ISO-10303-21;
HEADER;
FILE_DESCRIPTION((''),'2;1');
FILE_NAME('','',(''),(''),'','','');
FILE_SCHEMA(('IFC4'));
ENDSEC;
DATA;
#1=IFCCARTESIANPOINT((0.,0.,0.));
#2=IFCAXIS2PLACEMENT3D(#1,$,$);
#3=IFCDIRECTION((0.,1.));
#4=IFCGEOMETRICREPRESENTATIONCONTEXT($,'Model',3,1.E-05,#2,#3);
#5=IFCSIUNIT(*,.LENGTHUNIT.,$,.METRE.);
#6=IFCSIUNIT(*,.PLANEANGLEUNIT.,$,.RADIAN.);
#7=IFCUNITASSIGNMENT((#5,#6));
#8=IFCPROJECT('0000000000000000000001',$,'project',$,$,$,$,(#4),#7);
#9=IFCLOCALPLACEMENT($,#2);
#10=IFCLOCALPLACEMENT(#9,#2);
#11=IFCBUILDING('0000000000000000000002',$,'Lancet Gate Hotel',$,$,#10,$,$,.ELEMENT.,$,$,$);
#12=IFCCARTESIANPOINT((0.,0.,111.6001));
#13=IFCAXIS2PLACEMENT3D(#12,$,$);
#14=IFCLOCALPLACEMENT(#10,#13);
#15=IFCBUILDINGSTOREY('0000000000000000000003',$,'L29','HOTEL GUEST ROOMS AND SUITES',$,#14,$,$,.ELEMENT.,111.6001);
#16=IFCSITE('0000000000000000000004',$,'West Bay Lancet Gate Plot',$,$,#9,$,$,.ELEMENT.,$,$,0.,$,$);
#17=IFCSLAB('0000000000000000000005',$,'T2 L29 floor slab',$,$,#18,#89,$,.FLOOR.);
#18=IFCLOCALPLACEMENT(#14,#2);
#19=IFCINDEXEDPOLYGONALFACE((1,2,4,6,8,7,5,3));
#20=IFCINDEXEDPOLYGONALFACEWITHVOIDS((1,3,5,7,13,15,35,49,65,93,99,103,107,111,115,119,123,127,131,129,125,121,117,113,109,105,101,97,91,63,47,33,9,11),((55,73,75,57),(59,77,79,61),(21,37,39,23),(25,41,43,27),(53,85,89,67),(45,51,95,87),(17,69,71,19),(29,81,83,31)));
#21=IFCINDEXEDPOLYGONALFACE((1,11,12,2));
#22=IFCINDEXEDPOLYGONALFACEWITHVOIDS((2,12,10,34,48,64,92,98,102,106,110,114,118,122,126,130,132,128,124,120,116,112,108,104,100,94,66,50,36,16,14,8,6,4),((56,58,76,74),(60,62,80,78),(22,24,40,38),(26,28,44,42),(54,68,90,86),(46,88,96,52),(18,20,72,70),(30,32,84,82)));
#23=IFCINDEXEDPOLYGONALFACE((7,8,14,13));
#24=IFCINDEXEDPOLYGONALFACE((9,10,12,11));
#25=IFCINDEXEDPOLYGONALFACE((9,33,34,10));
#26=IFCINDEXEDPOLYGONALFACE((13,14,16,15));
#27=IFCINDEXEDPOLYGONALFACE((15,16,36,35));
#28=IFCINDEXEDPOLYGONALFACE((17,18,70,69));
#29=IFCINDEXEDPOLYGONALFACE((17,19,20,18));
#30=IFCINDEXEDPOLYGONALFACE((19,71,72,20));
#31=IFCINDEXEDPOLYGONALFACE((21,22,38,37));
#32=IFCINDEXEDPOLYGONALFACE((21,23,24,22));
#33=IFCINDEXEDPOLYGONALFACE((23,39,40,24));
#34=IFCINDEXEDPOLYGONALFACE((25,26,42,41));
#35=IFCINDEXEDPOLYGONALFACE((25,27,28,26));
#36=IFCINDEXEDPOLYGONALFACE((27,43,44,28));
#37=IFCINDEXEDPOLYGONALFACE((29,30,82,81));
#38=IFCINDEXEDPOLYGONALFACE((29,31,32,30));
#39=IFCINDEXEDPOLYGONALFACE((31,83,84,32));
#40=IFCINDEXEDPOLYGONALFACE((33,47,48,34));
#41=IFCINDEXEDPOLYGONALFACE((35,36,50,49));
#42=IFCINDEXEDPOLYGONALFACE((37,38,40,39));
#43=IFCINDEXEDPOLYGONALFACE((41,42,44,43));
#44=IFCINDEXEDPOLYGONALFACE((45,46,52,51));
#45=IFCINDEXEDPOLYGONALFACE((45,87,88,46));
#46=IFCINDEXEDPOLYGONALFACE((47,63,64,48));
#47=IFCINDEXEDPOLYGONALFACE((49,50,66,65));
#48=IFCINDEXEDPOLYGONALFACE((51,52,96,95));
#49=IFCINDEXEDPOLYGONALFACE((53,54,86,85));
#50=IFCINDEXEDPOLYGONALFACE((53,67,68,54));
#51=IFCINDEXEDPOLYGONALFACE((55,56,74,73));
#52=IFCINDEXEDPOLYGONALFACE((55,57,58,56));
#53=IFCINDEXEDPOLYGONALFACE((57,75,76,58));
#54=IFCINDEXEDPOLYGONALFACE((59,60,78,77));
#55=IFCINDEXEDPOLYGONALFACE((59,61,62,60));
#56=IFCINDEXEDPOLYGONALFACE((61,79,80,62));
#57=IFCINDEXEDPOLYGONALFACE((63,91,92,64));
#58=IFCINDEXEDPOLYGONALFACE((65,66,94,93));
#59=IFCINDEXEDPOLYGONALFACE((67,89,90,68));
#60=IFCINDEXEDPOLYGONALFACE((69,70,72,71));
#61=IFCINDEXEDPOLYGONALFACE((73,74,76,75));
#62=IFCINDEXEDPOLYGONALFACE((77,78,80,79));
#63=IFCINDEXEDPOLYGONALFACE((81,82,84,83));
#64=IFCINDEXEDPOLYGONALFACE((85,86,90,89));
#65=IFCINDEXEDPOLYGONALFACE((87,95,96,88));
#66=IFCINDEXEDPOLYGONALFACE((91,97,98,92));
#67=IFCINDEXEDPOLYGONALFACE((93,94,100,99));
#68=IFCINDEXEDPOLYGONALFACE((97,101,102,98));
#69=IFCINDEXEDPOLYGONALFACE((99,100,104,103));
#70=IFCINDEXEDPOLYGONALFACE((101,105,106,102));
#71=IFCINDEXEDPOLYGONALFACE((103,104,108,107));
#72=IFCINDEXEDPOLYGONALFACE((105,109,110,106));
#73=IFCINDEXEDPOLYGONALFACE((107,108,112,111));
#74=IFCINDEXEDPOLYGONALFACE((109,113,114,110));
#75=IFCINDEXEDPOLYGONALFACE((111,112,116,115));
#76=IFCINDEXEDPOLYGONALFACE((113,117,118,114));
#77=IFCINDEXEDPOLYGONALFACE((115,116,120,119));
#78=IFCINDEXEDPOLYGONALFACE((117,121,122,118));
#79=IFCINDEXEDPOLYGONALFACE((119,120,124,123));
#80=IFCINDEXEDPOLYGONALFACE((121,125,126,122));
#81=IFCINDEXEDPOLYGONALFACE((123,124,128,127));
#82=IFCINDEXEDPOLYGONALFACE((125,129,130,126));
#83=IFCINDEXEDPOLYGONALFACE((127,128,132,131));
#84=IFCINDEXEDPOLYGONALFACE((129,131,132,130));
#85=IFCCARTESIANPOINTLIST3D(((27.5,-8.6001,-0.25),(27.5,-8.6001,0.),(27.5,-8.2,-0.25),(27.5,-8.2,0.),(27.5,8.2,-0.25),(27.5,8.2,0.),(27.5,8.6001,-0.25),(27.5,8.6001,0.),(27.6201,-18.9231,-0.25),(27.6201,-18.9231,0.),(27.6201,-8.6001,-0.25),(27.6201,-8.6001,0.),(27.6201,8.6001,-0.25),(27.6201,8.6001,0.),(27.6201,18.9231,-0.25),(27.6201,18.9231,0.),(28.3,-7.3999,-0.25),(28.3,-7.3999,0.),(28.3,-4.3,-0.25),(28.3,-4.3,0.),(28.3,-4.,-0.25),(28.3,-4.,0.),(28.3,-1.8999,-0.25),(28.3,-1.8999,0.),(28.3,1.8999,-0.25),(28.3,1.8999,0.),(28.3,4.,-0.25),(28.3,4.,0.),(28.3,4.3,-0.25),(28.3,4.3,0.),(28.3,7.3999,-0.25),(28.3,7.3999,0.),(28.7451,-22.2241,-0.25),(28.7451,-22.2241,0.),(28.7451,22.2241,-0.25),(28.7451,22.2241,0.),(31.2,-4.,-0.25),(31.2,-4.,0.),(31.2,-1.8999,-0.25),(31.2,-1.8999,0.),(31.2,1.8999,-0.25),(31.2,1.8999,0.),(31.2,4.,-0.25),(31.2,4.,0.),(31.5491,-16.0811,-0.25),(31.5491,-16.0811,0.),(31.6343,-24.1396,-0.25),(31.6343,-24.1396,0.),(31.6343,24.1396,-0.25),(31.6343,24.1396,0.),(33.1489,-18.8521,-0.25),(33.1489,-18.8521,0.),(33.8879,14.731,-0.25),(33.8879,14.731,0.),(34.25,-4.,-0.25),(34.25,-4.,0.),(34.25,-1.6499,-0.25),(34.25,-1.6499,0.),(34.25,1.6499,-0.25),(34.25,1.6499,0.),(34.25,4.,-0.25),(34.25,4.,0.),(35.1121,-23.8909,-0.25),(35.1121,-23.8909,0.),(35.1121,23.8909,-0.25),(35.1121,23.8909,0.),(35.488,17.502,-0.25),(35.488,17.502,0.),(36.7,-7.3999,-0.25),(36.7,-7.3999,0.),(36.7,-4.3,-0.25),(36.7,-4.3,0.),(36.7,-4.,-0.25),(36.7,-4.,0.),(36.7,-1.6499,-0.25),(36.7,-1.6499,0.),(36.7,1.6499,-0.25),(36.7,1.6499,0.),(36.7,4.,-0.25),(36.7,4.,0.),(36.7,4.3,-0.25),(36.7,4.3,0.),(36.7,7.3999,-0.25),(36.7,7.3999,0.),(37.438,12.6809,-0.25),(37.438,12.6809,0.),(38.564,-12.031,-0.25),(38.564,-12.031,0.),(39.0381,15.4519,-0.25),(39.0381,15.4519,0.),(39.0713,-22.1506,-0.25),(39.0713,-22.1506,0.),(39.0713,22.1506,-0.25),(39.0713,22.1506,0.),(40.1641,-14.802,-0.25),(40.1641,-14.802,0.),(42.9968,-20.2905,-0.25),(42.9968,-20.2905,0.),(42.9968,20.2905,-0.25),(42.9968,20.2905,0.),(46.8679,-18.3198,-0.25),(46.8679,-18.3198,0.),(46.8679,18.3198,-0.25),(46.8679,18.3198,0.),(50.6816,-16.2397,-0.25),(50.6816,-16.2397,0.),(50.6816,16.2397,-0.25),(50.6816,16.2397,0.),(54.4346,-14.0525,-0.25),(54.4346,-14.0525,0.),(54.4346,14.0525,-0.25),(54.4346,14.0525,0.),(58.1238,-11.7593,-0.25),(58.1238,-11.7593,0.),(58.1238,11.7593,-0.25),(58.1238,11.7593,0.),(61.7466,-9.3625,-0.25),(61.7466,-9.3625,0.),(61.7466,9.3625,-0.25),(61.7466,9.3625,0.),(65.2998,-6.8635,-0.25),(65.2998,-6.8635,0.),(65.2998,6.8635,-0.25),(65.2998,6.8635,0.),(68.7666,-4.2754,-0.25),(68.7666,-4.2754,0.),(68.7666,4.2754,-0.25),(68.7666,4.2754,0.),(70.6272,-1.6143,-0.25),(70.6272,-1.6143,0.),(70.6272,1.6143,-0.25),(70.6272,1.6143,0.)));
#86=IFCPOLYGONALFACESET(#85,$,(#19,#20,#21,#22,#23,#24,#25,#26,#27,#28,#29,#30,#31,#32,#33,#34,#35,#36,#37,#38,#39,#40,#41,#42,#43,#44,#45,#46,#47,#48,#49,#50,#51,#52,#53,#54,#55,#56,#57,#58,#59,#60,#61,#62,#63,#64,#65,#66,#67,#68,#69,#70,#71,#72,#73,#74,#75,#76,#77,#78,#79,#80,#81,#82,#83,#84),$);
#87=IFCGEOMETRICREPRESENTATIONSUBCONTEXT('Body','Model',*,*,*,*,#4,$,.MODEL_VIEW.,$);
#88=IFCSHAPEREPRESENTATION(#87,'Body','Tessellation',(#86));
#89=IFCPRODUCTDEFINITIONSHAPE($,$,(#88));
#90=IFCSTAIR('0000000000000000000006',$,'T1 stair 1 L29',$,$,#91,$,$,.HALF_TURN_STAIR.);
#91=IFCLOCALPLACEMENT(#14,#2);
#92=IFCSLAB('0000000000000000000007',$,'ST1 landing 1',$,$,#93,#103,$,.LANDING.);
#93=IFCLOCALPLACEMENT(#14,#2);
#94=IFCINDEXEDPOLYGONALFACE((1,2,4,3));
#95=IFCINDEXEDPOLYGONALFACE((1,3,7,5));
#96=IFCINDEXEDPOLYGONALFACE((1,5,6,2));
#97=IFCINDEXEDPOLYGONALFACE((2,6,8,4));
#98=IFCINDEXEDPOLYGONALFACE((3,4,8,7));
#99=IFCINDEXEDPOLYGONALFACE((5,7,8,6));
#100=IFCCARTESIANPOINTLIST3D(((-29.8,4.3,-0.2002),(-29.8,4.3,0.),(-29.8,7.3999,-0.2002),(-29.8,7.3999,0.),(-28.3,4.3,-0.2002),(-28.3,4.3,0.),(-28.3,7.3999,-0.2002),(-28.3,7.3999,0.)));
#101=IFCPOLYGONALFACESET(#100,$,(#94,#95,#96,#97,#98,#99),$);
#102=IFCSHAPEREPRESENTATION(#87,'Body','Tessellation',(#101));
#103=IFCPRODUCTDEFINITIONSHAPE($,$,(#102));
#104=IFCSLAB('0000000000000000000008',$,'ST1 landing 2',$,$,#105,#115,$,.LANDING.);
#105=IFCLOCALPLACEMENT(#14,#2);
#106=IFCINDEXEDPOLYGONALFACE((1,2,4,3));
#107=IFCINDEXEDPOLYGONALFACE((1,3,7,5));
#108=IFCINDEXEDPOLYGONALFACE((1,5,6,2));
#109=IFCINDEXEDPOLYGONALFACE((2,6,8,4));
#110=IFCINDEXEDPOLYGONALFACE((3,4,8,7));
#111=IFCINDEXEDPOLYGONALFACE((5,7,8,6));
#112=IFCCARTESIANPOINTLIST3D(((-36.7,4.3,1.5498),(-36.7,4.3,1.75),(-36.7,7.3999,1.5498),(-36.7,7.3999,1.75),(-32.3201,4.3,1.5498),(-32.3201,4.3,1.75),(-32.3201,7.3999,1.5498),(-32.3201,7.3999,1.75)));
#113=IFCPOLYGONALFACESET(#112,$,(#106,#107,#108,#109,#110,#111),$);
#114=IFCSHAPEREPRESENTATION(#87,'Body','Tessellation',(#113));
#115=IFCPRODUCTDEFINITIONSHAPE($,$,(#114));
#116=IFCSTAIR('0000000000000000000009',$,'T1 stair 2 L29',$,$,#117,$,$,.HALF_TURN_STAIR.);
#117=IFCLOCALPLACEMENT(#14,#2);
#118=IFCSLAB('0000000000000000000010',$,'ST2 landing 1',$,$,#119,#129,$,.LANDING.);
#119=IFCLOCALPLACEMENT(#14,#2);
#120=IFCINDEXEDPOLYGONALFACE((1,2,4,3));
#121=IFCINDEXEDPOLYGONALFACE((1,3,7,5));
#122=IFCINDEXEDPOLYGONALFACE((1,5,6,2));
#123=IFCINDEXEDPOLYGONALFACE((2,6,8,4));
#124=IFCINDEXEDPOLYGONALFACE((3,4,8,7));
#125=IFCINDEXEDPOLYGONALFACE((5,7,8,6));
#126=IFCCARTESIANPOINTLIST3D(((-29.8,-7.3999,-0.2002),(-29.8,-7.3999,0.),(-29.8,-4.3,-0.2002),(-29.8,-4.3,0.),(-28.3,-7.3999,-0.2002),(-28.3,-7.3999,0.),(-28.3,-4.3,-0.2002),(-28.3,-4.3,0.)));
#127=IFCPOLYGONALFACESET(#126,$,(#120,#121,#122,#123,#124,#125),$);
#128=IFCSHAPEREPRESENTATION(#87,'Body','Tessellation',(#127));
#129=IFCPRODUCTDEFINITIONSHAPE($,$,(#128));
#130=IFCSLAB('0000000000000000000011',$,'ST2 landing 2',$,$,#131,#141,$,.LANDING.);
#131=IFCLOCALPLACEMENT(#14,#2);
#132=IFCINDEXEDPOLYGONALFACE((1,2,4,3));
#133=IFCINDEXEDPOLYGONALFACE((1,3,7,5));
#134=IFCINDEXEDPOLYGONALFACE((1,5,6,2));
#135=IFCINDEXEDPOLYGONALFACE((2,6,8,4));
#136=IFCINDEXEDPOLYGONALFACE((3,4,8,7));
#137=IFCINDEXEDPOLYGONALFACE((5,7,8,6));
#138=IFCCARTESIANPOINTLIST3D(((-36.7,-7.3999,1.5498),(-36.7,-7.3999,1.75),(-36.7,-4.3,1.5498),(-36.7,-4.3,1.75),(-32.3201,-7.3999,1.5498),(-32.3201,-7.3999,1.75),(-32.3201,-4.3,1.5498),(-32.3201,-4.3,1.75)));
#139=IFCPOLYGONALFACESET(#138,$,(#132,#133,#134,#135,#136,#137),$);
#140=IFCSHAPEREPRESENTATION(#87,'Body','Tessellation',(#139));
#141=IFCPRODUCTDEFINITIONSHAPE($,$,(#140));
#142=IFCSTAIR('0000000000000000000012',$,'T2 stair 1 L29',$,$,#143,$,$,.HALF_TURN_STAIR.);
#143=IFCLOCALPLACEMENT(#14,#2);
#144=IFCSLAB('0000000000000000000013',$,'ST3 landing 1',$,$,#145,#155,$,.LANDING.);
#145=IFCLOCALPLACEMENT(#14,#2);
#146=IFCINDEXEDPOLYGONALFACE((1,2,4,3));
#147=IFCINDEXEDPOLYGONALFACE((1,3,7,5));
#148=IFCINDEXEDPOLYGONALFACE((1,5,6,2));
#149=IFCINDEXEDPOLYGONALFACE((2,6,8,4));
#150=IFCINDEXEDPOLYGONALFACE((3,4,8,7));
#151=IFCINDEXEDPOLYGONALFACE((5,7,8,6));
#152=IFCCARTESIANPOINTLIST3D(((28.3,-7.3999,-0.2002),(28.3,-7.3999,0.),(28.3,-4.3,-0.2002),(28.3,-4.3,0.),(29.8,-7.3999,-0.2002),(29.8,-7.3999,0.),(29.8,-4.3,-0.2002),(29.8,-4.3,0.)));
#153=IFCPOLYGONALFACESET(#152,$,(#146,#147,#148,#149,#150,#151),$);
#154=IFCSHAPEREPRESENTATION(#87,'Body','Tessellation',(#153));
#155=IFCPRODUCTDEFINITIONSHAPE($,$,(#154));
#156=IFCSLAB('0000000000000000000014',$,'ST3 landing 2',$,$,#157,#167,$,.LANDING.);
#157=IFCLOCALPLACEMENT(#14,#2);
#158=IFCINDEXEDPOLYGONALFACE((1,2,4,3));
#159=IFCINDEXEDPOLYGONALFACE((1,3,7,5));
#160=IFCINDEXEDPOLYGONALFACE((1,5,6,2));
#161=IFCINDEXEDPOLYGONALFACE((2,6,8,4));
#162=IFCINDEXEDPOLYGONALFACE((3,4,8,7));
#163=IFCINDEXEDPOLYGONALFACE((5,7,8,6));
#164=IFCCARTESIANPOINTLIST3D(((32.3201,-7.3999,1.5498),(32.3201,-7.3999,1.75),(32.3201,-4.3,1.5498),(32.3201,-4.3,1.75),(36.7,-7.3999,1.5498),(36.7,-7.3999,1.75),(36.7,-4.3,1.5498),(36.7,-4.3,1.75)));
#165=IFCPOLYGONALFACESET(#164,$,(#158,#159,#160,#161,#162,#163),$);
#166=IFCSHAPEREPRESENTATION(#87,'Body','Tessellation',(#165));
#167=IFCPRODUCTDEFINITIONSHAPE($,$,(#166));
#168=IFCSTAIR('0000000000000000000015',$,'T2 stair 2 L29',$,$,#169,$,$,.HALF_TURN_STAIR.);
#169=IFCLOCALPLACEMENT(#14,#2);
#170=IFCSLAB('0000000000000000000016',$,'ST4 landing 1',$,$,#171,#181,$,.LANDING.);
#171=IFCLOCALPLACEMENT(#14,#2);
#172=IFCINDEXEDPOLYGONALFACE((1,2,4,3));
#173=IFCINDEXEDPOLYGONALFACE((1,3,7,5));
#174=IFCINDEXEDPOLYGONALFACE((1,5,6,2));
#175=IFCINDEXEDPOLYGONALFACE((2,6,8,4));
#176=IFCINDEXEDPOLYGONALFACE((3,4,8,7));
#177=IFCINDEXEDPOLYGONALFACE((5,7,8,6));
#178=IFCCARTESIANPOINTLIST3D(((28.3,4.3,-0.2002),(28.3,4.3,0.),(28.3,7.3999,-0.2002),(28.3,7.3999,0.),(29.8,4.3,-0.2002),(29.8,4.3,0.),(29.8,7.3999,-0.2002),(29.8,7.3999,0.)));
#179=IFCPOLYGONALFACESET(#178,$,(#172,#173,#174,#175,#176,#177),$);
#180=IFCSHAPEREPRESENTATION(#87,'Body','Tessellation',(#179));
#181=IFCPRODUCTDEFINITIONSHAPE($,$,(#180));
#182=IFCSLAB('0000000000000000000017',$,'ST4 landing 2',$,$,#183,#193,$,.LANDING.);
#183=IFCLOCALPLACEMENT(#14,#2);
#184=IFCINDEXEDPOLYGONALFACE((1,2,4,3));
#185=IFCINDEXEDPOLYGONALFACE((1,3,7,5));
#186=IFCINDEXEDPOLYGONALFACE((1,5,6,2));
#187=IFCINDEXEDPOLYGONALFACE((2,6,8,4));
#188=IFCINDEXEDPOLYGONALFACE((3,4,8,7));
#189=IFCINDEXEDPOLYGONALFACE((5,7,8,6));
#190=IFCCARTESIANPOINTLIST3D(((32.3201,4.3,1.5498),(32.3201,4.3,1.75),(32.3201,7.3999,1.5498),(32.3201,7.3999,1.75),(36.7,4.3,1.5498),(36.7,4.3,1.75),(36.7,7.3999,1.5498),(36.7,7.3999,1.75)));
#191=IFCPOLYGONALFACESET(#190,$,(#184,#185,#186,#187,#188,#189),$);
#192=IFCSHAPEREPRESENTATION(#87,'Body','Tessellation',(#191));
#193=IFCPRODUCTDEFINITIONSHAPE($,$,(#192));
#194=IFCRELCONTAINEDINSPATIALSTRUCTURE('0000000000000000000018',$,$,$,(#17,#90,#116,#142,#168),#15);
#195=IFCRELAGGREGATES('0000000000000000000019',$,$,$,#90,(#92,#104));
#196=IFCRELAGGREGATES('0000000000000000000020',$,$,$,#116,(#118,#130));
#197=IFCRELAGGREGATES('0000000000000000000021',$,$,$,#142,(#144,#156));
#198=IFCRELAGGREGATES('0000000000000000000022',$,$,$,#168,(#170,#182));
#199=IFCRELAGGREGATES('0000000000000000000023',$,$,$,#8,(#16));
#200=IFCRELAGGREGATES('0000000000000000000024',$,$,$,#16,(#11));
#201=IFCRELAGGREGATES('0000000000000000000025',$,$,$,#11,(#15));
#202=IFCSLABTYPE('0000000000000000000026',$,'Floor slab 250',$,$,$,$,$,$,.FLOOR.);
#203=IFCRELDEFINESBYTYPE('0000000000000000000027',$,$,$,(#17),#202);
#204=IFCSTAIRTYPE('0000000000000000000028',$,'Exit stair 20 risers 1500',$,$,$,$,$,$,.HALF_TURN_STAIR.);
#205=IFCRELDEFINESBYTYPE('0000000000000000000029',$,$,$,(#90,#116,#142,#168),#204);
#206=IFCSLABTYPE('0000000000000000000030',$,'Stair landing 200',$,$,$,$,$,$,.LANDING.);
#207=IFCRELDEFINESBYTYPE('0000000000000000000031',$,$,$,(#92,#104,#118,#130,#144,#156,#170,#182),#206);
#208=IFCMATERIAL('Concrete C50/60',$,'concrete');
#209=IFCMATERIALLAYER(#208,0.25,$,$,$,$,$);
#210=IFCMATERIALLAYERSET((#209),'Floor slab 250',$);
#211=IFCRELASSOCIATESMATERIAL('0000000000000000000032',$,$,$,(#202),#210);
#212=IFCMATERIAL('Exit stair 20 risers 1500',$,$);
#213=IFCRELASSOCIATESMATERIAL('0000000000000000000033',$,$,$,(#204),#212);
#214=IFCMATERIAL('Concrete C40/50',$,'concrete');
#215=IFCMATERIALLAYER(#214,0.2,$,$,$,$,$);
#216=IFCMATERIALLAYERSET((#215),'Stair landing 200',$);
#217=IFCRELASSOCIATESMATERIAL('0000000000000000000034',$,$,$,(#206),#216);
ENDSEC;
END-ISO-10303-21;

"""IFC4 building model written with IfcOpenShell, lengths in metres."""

from ifc_helpers import new_model, si_unit, direction, frame, origin, place, context, subcontext, project, spatial, polyline, outline, extrude, material, layer, layer_set, type_object, element, aggregate, save


model = new_model("IFC4")

# Units and contexts
model_context = context("Model", 3, precision=1e-05, world=origin(), true_north=direction((0.0, 1.0)))
body_context = subcontext(model_context, "Body", "Model", "MODEL_VIEW")
ifc_project = project(units=[si_unit("LENGTHUNIT", "METRE"), si_unit("PLANEANGLEUNIT", "RADIAN")], contexts=[model_context])

# Site, building, storey
site_placement = place(None, origin())
site = spatial("IfcSite", under=ifc_project, at=site_placement, Name="West Bay Lancet Gate Plot", CompositionType="ELEMENT", RefElevation=0.0)
building_placement = place(site_placement, origin())
building = spatial("IfcBuilding", under=site, at=building_placement, Name="Lancet Gate Hotel", CompositionType="ELEMENT")
storey_placement = place(building_placement, frame((0.0, 0.0, 111.6001)))
storey = spatial("IfcBuildingStorey", under=building, at=storey_placement, Name="L29", Description="HOTEL GUEST ROOMS AND SUITES", CompositionType="ELEMENT", Elevation=111.6001)

# Slab
ifc_material_1 = material(Name="Concrete C50/60", Category="concrete")
ifc_layer_1 = layer(ifc_material_1, 0.25)
ifc_layer_set_1 = layer_set([ifc_layer_1], Name="Floor slab 250")
slab_type_1 = type_object("IfcSlabType", Name="Floor slab 250", PredefinedType="FLOOR", material=ifc_layer_set_1)
slab_1_placement = place(storey_placement, frame((0.0, 0.0, -0.25)))
element("IfcSlab", 1, at=slab_1_placement, inside=storey, type_object=slab_type_1, Name="T2 L29 floor slab", PredefinedType="FLOOR", context=body_context, shape_type="SweptSolid", body=[
    extrude(outline(polyline([(27.5, -8.6001), (27.6201, -8.6001), (27.6201, -18.9231), (28.7451, -22.2241), (31.6343, -24.1396), (35.1121, -23.8909), (39.0713, -22.1506), (42.9968, -20.2905), (46.8679, -18.3198), (50.6816, -16.2397), (54.4346, -14.0525), (58.1238, -11.7593), (61.7466, -9.3625), (65.2998, -6.8635), (68.7666, -4.2754), (70.6272, -1.6143), (70.6272, 1.6143), (68.7666, 4.2754), (65.2998, 6.8635), (61.7466, 9.3625), (58.1238, 11.7593), (54.4346, 14.0525), (50.6816, 16.2397), (46.8679, 18.3198), (42.9968, 20.2905), (39.0713, 22.1506), (35.1121, 23.8909), (31.6343, 24.1396), (28.7451, 22.2241), (27.6201, 18.9231), (27.6201, 8.6001), (27.5, 8.6001), (27.5, 8.2), (27.5, -8.2), (27.5, -8.6001)]), holes=[polyline([(36.7, -7.3999), (36.7, -4.3), (28.3, -4.3), (28.3, -7.3999), (36.7, -7.3999)]), polyline([(28.3, -4.0), (31.2, -4.0), (31.2, -1.8999), (28.3, -1.8999), (28.3, -4.0)]), polyline([(34.25, -4.0), (36.7, -4.0), (36.7, -1.6499), (34.25, -1.6499), (34.25, -4.0)]), polyline([(36.7, 1.6499), (36.7, 4.0), (34.25, 4.0), (34.25, 1.6499), (36.7, 1.6499)]), polyline([(28.3, 1.8999), (31.2, 1.8999), (31.2, 4.0), (28.3, 4.0), (28.3, 1.8999)]), polyline([(28.3, 4.3), (36.7, 4.3), (36.7, 7.3999), (28.3, 7.3999), (28.3, 4.3)]), polyline([(31.5491, -16.0811), (33.1489, -18.8521), (40.1641, -14.802), (38.564, -12.031), (31.5491, -16.0811)]), polyline([(33.8879, 14.731), (37.438, 12.6809), (39.0381, 15.4519), (35.488, 17.502), (33.8879, 14.731)])]), origin(), (0.0, 0.0, 1.0), 0.25),
])

# Stairs, slabs
ifc_material_2 = material(Name="Exit stair 20 risers 1500")
stair_type = type_object("IfcStairType", Name="Exit stair 20 risers 1500", PredefinedType="HALF_TURN_STAIR", material=ifc_material_2)
stair_1_placement = place(storey_placement, origin())
stair_1 = element("IfcStair", 2, at=stair_1_placement, inside=storey, type_object=stair_type, Name="T1 stair 1 L29", PredefinedType="HALF_TURN_STAIR")
ifc_material_3 = material(Name="Concrete C40/50", Category="concrete")
ifc_layer_2 = layer(ifc_material_3, 0.2)
ifc_layer_set_2 = layer_set([ifc_layer_2], Name="Stair landing 200")
slab_type_2 = type_object("IfcSlabType", Name="Stair landing 200", PredefinedType="LANDING", material=ifc_layer_set_2)
slab_2_placement = place(storey_placement, frame((0.0, 0.0, -0.2002)))
slab_2 = element("IfcSlab", 3, at=slab_2_placement, type_object=slab_type_2, Name="ST1 landing 1", PredefinedType="LANDING", context=body_context, shape_type="SweptSolid", body=[
    extrude(outline(polyline([(-28.3, 7.3999), (-29.8, 7.3999), (-29.8, 4.3), (-28.3, 4.3), (-28.3, 7.3999)])), origin(), (0.0, 0.0, 1.0), 0.2002),
])
slab_3_placement = place(storey_placement, frame((0.0, 0.0, 1.5498)))
slab_3 = element("IfcSlab", 4, at=slab_3_placement, type_object=slab_type_2, Name="ST1 landing 2", PredefinedType="LANDING", context=body_context, shape_type="SweptSolid", body=[
    extrude(outline(polyline([(-32.3201, 7.3999), (-36.7, 7.3999), (-36.7, 4.3), (-32.3201, 4.3), (-32.3201, 7.3999)])), origin(), (0.0, 0.0, 1.0), 0.2002),
])
aggregate(stair_1, [slab_2, slab_3])
stair_2_placement = place(storey_placement, origin())
stair_2 = element("IfcStair", 5, at=stair_2_placement, inside=storey, type_object=stair_type, Name="T1 stair 2 L29", PredefinedType="HALF_TURN_STAIR")
slab_4_placement = place(storey_placement, frame((0.0, 0.0, -0.2002)))
slab_4 = element("IfcSlab", 6, at=slab_4_placement, type_object=slab_type_2, Name="ST2 landing 1", PredefinedType="LANDING", context=body_context, shape_type="SweptSolid", body=[
    extrude(outline(polyline([(-28.3, -4.3), (-29.8, -4.3), (-29.8, -7.3999), (-28.3, -7.3999), (-28.3, -4.3)])), origin(), (0.0, 0.0, 1.0), 0.2002),
])
slab_5_placement = place(storey_placement, frame((0.0, 0.0, 1.5498)))
slab_5 = element("IfcSlab", 7, at=slab_5_placement, type_object=slab_type_2, Name="ST2 landing 2", PredefinedType="LANDING", context=body_context, shape_type="SweptSolid", body=[
    extrude(outline(polyline([(-32.3201, -4.3), (-36.7, -4.3), (-36.7, -7.3999), (-32.3201, -7.3999), (-32.3201, -4.3)])), origin(), (0.0, 0.0, 1.0), 0.2002),
])
aggregate(stair_2, [slab_4, slab_5])
stair_3_placement = place(storey_placement, origin())
stair_3 = element("IfcStair", 8, at=stair_3_placement, inside=storey, type_object=stair_type, Name="T2 stair 1 L29", PredefinedType="HALF_TURN_STAIR")
slab_6_placement = place(storey_placement, frame((0.0, 0.0, -0.2002)))
slab_6 = element("IfcSlab", 9, at=slab_6_placement, type_object=slab_type_2, Name="ST3 landing 1", PredefinedType="LANDING", context=body_context, shape_type="SweptSolid", body=[
    extrude(outline(polyline([(28.3, -7.3999), (29.8, -7.3999), (29.8, -4.3), (28.3, -4.3), (28.3, -7.3999)])), origin(), (0.0, 0.0, 1.0), 0.2002),
])
slab_7_placement = place(storey_placement, frame((0.0, 0.0, 1.5498)))
slab_7 = element("IfcSlab", 10, at=slab_7_placement, type_object=slab_type_2, Name="ST3 landing 2", PredefinedType="LANDING", context=body_context, shape_type="SweptSolid", body=[
    extrude(outline(polyline([(32.3201, -7.3999), (36.7, -7.3999), (36.7, -4.3), (32.3201, -4.3), (32.3201, -7.3999)])), origin(), (0.0, 0.0, 1.0), 0.2002),
])
aggregate(stair_3, [slab_6, slab_7])
stair_4_placement = place(storey_placement, origin())
stair_4 = element("IfcStair", 11, at=stair_4_placement, inside=storey, type_object=stair_type, Name="T2 stair 2 L29", PredefinedType="HALF_TURN_STAIR")
slab_8_placement = place(storey_placement, frame((0.0, 0.0, -0.2002)))
slab_8 = element("IfcSlab", 12, at=slab_8_placement, type_object=slab_type_2, Name="ST4 landing 1", PredefinedType="LANDING", context=body_context, shape_type="SweptSolid", body=[
    extrude(outline(polyline([(28.3, 4.3), (29.8, 4.3), (29.8, 7.3999), (28.3, 7.3999), (28.3, 4.3)])), origin(), (0.0, 0.0, 1.0), 0.2002),
])
slab_9_placement = place(storey_placement, frame((0.0, 0.0, 1.5498)))
slab_9 = element("IfcSlab", 13, at=slab_9_placement, type_object=slab_type_2, Name="ST4 landing 2", PredefinedType="LANDING", context=body_context, shape_type="SweptSolid", body=[
    extrude(outline(polyline([(32.3201, 4.3), (36.7, 4.3), (36.7, 7.3999), (32.3201, 7.3999), (32.3201, 4.3)])), origin(), (0.0, 0.0, 1.0), 0.2002),
])
aggregate(stair_4, [slab_8, slab_9])

save(model, "model.ifc")
